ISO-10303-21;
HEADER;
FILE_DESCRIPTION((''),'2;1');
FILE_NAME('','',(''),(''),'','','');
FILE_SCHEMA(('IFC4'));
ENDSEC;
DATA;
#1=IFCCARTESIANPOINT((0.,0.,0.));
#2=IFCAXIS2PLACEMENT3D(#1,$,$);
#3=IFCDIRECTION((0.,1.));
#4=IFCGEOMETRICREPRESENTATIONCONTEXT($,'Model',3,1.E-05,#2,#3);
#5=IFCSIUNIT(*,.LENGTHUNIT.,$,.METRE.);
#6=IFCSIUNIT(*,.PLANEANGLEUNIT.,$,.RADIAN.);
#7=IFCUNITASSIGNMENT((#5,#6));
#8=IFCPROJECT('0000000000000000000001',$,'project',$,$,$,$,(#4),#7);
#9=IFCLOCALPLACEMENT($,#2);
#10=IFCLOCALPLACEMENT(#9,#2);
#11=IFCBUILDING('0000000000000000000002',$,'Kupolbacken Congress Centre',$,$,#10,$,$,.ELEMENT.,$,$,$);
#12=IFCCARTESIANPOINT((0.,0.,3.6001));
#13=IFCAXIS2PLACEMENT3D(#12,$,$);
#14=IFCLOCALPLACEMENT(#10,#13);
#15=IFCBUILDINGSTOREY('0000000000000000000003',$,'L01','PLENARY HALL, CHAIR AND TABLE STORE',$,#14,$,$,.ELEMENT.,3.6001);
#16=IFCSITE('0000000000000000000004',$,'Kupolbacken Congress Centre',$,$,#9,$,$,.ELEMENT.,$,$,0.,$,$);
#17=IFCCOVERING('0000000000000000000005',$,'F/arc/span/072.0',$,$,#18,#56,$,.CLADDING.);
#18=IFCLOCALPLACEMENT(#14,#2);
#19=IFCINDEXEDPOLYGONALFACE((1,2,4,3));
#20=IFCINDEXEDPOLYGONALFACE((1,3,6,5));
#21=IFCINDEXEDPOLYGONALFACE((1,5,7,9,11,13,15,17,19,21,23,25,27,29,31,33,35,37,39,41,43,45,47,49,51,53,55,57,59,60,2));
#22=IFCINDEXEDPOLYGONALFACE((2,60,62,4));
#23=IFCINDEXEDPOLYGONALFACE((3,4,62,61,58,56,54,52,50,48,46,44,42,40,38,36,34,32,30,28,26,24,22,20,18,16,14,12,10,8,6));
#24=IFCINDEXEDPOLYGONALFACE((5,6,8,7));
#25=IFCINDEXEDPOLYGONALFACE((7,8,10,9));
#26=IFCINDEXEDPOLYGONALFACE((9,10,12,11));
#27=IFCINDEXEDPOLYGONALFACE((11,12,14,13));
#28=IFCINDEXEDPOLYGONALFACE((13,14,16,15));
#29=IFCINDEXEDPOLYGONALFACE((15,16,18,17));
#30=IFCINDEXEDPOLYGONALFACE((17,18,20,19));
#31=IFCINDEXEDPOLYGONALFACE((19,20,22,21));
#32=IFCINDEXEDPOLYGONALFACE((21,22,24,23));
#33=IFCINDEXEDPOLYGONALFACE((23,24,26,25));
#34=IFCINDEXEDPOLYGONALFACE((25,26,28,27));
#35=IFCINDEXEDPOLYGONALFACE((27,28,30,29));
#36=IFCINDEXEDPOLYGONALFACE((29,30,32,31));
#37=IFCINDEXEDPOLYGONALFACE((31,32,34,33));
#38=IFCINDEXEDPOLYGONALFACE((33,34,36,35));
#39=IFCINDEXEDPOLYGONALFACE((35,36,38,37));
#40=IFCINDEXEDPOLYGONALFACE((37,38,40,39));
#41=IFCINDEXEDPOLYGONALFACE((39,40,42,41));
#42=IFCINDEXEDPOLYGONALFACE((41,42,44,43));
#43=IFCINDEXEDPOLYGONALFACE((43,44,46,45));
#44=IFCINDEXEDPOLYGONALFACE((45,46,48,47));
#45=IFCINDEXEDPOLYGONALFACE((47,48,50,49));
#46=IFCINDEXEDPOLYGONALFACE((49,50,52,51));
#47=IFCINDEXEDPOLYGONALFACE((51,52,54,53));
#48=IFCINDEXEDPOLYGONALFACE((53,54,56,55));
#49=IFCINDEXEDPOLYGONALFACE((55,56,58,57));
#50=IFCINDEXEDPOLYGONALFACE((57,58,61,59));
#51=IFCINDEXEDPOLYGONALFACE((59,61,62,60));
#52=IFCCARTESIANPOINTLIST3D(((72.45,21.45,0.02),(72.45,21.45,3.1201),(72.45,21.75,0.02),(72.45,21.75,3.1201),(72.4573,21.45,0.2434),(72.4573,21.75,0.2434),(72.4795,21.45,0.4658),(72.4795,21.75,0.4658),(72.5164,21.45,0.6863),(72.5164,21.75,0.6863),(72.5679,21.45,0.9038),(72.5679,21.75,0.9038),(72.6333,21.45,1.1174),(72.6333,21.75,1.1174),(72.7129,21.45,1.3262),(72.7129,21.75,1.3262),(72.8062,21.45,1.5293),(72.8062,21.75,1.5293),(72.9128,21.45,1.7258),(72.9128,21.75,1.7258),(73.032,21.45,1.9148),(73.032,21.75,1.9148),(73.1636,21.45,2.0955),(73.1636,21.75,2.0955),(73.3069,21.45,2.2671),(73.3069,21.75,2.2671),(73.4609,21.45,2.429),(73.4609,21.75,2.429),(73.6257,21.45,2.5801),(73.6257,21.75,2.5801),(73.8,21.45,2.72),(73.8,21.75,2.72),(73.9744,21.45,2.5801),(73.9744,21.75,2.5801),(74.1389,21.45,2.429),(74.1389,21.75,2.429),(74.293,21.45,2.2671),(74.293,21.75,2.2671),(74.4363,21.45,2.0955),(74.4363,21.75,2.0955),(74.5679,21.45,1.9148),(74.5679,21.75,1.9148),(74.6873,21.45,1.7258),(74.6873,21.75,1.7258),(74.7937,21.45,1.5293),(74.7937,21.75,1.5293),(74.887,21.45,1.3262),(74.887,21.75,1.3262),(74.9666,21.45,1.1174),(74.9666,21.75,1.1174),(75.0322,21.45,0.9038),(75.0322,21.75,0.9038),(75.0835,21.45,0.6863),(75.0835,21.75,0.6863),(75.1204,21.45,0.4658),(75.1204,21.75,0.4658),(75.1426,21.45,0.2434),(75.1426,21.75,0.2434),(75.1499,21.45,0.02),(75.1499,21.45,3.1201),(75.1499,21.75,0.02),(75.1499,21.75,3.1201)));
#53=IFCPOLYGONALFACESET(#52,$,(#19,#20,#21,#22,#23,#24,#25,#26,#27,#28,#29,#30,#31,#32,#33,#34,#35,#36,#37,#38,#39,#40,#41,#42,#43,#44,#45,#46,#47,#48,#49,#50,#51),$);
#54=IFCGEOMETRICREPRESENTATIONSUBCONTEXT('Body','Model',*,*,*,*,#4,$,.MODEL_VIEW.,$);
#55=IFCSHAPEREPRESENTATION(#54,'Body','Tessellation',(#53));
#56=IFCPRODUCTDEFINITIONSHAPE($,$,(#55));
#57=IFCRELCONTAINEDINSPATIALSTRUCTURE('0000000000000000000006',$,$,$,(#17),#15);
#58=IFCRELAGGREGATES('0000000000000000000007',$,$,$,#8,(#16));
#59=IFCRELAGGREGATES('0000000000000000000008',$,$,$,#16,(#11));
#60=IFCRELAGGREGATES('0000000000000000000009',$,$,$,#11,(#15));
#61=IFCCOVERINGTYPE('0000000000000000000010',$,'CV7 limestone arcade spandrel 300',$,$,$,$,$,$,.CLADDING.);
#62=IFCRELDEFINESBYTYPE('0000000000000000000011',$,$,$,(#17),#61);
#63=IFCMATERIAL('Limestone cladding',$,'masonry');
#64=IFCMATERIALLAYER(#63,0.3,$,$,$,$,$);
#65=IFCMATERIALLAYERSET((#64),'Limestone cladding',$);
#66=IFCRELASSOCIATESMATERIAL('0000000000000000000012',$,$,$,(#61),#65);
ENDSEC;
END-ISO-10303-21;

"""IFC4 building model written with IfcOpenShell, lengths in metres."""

from ifc_helpers import new_model, si_unit, direction, frame, origin, place, context, subcontext, project, spatial, polyline, outline, extrude, material, layer, layer_set, type_object, element, save


model = new_model("IFC4")

# Units and contexts
model_context = context("Model", 3, precision=1e-05, world=origin(), true_north=direction((0.0, 1.0)))
body_context = subcontext(model_context, "Body", "Model", "MODEL_VIEW")
ifc_project = project(units=[si_unit("LENGTHUNIT", "METRE"), si_unit("PLANEANGLEUNIT", "RADIAN")], contexts=[model_context])

# Site, building, storey
site_placement = place(None, origin())
site = spatial("IfcSite", under=ifc_project, at=site_placement, Name="Kupolbacken Congress Centre", CompositionType="ELEMENT", RefElevation=0.0)
building_placement = place(site_placement, origin())
building = spatial("IfcBuilding", under=site, at=building_placement, Name="Kupolbacken Congress Centre", CompositionType="ELEMENT")
storey_placement = place(building_placement, frame((0.0, 0.0, 3.6001)))
storey = spatial("IfcBuildingStorey", under=building, at=storey_placement, Name="L01", Description="PLENARY HALL, CHAIR AND TABLE STORE", CompositionType="ELEMENT", Elevation=3.6001)

# Covering
ifc_material_1 = material(Name="Limestone cladding", Category="masonry")
ifc_layer_1 = layer(ifc_material_1, 0.3)
ifc_layer_set_1 = layer_set([ifc_layer_1], Name="Limestone cladding")
covering_type_1 = type_object("IfcCoveringType", Name="CV7 limestone arcade spandrel 300", PredefinedType="CLADDING", material=ifc_layer_set_1)
covering_1_placement = place(storey_placement, frame((72.45, 21.45, 0.02), z_axis=(0.0, 1.0, 0.0), x_axis=(-1.0, 0.0, 0.0)))
element("IfcCovering", 1, at=covering_1_placement, inside=storey, type_object=covering_type_1, Name="F/arc/span/072.0", PredefinedType="CLADDING", context=body_context, shape_type="SweptSolid", body=[
    extrude(outline(polyline([(0.0, 0.0), (0.0, 3.1001), (-2.7, 3.1001), (-2.7, 0.0), (-2.6926, 0.2234), (-2.6704, 0.4458), (-2.6335, 0.6663), (-2.5823, 0.8838), (-2.5166, 1.0974), (-2.437, 1.3062), (-2.3438, 1.5093), (-2.2373, 1.7058), (-2.1179, 1.8948), (-1.9863, 2.0754), (-1.843, 2.2471), (-1.689, 2.4089), (-1.5244, 2.5601), (-1.3501, 2.7), (-1.1758, 2.5601), (-1.011, 2.4089), (-0.8569, 2.2471), (-0.7136, 2.0754), (-0.582, 1.8948), (-0.4629, 1.7058), (-0.3562, 1.5093), (-0.2629, 1.3062), (-0.1833, 1.0974), (-0.1179, 0.8838), (-0.0664, 0.6663), (-0.0295, 0.4458), (-0.0073, 0.2234), (0.0, 0.0)])), origin(), (0.0, 0.0, 1.0), 0.3),
])

save(model, "model.ifc")
